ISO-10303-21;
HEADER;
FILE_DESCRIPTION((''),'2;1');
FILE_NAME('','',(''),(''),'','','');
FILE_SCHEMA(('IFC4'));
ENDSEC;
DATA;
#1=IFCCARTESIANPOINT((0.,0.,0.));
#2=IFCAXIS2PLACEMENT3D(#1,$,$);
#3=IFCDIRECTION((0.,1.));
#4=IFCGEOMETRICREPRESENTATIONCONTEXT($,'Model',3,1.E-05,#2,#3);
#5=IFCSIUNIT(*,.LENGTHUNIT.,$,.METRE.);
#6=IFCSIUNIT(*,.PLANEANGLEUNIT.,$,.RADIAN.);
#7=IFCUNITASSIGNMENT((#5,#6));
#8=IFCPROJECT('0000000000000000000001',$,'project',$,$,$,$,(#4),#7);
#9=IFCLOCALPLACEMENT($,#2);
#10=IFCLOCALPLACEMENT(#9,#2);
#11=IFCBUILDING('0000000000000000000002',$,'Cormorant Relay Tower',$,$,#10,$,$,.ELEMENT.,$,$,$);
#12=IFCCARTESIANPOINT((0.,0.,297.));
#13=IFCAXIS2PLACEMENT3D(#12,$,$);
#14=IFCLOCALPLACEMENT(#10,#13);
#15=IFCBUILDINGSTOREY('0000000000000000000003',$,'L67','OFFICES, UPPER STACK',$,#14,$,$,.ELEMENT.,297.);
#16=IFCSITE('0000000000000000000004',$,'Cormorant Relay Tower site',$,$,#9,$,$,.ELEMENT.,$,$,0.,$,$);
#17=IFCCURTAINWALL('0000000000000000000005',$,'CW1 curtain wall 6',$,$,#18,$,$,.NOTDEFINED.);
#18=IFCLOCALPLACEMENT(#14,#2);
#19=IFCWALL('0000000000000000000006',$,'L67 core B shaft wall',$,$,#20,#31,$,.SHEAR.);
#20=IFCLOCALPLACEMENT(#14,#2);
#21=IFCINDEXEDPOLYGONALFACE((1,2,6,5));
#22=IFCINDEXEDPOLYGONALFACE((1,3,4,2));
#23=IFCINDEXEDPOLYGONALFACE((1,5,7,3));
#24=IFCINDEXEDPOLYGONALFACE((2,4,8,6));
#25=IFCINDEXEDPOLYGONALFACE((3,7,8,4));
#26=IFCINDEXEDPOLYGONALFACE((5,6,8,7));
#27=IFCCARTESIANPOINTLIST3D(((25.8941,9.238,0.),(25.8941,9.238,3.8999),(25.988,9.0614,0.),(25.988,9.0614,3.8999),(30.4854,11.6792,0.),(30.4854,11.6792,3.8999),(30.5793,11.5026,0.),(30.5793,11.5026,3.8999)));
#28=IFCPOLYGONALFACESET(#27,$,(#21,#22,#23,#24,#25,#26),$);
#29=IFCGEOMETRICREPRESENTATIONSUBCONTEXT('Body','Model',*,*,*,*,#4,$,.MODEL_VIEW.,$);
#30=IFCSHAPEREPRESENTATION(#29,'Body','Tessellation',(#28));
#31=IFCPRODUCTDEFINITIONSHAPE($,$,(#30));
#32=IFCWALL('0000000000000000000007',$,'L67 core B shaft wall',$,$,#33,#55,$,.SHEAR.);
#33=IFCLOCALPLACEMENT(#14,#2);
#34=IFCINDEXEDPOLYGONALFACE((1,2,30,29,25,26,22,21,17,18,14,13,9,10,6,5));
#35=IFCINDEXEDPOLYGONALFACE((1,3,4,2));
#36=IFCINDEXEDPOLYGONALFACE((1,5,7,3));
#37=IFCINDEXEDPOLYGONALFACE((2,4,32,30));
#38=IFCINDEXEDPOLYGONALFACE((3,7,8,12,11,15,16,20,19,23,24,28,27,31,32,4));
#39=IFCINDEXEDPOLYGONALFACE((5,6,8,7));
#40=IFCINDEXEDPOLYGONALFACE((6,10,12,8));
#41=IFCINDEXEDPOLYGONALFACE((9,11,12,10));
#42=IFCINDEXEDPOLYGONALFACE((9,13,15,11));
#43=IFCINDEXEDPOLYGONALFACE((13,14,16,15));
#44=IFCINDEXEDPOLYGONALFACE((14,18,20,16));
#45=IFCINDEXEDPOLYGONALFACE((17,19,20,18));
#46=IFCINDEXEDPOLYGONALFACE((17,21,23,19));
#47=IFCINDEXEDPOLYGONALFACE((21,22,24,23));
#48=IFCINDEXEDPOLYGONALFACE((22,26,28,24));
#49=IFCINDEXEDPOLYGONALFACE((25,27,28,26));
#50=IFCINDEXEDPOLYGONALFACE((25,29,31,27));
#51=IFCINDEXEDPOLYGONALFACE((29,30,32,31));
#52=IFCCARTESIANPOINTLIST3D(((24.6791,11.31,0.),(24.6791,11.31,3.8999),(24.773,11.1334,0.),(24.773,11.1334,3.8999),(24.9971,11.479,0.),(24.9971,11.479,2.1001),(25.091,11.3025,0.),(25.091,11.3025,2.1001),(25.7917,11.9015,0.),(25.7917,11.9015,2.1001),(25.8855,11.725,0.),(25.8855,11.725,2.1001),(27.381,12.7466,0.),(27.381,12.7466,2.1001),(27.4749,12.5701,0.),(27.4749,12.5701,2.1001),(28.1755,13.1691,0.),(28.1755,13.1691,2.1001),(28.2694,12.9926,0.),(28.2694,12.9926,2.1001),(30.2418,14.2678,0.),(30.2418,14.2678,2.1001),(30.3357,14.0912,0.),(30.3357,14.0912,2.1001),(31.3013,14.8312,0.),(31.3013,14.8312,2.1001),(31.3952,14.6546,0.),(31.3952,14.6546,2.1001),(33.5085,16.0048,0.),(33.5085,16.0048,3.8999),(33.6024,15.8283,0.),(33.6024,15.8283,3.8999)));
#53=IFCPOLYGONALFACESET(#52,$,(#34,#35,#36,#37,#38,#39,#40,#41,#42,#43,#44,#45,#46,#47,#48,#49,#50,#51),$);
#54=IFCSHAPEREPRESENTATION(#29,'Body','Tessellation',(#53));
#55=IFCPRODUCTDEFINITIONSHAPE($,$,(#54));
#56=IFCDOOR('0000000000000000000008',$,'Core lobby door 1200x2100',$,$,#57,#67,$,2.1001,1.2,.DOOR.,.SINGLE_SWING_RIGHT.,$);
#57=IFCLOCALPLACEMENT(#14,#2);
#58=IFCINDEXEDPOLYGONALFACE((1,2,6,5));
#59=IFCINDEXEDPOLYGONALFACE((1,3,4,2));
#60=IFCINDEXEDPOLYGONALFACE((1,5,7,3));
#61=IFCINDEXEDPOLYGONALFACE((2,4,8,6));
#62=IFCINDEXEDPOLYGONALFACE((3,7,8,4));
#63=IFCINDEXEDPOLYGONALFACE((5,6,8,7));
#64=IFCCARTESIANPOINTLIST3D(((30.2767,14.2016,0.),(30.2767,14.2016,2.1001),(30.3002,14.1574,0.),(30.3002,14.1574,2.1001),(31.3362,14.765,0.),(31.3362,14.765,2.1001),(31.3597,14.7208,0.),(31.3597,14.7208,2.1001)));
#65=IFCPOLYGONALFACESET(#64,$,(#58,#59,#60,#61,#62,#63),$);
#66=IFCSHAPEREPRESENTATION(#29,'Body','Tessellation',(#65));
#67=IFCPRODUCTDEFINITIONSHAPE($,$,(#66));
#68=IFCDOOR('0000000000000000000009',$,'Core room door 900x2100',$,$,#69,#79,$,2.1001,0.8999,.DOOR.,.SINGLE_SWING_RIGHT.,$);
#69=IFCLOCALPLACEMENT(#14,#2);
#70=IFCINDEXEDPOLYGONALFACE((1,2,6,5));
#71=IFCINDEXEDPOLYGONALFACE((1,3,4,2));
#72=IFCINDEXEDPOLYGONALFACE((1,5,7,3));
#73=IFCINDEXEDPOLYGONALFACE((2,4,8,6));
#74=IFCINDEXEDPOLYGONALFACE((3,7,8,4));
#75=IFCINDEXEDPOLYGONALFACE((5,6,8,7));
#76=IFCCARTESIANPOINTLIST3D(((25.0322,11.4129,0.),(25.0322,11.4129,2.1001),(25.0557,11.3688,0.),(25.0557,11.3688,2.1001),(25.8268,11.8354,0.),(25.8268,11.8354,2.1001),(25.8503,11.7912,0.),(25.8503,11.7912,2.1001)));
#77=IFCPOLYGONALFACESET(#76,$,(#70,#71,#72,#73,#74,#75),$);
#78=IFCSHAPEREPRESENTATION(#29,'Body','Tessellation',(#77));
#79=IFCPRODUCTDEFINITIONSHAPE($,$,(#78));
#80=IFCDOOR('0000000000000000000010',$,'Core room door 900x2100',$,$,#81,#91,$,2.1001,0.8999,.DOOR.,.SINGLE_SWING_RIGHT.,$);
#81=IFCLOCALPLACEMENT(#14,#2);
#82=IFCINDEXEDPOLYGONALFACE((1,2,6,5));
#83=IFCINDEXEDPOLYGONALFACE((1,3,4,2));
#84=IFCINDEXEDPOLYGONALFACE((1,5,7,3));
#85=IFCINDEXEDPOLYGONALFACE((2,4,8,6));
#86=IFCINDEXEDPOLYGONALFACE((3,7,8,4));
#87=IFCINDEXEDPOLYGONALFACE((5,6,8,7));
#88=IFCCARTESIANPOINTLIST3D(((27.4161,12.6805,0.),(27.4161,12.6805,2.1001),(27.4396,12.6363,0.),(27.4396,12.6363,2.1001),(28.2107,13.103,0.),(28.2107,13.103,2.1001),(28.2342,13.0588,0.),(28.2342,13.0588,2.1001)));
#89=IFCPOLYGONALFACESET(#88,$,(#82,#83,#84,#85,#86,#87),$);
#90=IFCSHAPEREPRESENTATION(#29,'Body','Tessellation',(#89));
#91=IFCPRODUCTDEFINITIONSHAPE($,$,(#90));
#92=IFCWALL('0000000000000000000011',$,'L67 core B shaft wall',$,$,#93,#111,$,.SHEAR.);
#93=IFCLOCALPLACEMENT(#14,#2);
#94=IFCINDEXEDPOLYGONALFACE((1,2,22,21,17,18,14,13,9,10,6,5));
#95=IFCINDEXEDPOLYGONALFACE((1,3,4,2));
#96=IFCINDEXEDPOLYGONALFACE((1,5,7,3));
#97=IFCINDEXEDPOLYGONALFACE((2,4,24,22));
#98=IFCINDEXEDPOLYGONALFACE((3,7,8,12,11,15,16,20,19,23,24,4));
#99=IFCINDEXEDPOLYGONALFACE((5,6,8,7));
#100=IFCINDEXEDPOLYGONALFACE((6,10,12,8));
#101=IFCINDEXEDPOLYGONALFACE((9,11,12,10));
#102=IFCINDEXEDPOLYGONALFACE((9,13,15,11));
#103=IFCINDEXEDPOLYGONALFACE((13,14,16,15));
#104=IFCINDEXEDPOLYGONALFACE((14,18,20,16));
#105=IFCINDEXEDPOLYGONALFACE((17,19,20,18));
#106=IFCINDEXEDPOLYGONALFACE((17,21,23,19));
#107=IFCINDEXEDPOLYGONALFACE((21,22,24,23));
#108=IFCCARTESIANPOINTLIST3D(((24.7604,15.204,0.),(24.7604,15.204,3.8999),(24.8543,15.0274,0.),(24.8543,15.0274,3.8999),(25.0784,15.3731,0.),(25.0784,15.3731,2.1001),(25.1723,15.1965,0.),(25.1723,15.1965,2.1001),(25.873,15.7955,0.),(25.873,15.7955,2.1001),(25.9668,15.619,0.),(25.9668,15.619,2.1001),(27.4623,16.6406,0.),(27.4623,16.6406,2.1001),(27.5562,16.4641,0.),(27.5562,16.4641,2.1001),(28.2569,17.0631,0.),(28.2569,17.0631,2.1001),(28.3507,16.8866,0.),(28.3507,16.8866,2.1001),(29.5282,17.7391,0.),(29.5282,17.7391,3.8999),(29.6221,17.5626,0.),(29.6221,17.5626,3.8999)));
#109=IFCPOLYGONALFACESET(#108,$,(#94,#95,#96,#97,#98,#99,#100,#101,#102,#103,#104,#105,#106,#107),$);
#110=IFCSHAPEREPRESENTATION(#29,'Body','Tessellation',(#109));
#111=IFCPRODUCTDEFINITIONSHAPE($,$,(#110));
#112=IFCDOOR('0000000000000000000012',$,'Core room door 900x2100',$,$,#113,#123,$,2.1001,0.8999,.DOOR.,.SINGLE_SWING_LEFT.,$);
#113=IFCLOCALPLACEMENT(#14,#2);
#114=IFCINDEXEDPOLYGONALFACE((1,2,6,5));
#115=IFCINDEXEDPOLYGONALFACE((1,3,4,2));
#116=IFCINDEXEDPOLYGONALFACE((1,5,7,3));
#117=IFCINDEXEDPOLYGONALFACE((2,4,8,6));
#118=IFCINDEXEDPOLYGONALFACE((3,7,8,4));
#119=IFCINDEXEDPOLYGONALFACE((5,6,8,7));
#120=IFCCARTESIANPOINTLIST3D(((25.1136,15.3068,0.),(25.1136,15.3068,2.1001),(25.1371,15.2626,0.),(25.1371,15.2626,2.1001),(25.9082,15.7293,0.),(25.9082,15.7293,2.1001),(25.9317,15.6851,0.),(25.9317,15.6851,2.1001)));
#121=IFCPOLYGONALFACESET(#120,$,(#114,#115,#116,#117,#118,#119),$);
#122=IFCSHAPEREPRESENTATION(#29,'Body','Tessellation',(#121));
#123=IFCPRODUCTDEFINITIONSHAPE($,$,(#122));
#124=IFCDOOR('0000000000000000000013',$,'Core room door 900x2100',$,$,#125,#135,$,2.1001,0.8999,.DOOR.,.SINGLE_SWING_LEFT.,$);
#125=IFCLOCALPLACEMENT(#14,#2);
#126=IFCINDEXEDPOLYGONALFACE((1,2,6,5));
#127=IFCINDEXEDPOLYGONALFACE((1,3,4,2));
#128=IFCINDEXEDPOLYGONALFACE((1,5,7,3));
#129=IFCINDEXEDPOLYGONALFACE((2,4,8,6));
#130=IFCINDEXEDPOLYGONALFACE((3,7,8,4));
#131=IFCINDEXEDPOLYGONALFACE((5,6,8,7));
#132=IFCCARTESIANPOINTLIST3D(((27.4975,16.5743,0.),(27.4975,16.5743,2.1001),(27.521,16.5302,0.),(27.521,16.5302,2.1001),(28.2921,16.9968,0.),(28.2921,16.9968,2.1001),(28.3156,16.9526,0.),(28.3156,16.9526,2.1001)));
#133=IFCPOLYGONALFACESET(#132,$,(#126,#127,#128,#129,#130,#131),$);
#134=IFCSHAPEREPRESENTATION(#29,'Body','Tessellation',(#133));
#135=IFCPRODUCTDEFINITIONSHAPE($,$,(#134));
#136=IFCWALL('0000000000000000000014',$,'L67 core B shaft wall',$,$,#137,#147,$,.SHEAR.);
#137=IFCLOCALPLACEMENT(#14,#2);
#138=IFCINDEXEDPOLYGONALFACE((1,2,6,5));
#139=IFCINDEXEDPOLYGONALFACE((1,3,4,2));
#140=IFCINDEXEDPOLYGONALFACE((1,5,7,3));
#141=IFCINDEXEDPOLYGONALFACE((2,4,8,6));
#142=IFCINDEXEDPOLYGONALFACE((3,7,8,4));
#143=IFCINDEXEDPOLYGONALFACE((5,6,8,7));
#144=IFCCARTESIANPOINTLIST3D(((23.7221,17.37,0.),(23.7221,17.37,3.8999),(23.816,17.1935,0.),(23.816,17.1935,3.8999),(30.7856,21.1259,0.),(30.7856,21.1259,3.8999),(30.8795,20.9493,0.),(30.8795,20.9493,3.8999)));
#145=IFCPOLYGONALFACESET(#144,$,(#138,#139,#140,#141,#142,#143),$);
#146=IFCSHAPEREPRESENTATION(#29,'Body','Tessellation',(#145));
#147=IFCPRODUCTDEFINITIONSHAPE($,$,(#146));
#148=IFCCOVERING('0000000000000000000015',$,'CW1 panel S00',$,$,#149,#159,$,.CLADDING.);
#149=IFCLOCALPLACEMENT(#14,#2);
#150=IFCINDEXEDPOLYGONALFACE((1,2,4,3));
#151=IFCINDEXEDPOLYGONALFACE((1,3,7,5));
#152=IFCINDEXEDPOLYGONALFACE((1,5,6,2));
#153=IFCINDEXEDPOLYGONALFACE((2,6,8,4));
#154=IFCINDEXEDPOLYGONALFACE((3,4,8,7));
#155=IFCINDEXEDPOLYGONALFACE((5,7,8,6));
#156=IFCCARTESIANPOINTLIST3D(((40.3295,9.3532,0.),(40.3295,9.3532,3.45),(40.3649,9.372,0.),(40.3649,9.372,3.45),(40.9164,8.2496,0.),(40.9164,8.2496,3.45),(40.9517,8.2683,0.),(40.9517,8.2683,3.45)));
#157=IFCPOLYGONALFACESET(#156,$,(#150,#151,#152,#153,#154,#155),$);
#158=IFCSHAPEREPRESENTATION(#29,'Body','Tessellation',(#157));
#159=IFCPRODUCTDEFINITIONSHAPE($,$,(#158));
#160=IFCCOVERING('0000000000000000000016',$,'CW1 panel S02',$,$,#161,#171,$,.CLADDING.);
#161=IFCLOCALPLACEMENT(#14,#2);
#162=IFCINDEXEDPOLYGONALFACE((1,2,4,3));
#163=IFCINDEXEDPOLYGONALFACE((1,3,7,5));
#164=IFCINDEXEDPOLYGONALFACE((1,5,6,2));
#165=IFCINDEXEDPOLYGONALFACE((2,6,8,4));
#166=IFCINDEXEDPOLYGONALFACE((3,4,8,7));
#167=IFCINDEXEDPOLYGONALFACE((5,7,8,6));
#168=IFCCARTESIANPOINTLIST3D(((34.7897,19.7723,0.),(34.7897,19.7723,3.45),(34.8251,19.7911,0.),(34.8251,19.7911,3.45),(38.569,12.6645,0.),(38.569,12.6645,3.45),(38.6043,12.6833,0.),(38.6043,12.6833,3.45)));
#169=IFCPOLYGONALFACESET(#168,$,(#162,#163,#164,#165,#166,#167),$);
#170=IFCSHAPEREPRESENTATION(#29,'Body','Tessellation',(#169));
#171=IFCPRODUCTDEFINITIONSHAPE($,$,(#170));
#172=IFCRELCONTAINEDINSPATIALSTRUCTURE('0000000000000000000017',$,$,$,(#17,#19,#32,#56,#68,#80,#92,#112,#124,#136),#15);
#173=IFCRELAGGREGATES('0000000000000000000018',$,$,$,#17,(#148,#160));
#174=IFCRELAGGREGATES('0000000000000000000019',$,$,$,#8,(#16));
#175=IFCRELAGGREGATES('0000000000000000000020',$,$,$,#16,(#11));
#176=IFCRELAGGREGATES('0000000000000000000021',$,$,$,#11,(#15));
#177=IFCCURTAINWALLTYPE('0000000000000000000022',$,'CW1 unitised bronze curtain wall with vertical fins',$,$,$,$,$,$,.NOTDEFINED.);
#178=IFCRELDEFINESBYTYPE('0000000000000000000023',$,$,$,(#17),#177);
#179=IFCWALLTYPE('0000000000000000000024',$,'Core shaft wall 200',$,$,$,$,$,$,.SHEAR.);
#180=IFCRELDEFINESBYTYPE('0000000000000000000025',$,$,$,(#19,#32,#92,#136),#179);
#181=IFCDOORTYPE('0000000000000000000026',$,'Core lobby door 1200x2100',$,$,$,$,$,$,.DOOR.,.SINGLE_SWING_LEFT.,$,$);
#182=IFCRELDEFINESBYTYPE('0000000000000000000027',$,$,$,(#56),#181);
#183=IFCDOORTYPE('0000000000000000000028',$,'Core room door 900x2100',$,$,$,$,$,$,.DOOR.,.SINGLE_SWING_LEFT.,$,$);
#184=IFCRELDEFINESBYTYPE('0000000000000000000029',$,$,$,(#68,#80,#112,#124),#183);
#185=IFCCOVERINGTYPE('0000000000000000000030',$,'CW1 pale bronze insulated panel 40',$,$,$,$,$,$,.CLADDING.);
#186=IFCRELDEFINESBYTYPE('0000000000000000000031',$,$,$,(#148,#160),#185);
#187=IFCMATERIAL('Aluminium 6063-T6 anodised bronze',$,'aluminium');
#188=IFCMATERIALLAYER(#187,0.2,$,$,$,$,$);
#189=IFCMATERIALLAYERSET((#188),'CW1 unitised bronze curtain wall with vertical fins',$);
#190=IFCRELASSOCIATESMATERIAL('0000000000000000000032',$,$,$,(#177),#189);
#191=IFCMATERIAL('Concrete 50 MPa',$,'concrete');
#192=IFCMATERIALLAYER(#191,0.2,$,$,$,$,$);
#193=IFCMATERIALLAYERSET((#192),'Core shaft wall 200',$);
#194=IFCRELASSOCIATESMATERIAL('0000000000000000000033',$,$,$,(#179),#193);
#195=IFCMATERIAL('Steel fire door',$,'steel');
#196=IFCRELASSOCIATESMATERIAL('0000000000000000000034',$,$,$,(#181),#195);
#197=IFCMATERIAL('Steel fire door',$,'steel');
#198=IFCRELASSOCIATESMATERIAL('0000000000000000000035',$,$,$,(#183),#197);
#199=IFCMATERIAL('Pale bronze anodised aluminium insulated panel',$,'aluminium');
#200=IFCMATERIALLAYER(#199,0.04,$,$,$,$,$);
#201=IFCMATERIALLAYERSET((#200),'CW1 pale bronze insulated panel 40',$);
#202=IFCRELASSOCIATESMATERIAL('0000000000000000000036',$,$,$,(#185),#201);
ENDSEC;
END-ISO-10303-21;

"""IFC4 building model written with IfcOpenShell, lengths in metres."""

from ifc_helpers import new_model, si_unit, direction, frame, frame_2d, origin, origin_2d, place, context, subcontext, project, spatial, rectangle, extrude, material, layer, layer_set, type_object, element, fill, aggregate, save


model = new_model("IFC4")

# Units and contexts
model_context = context("Model", 3, precision=1e-05, world=origin(), true_north=direction((0.0, 1.0)))
body_context = subcontext(model_context, "Body", "Model", "MODEL_VIEW")
ifc_project = project(units=[si_unit("LENGTHUNIT", "METRE"), si_unit("PLANEANGLEUNIT", "RADIAN")], contexts=[model_context])

# Site, building, storey
site_placement = place(None, origin())
site = spatial("IfcSite", under=ifc_project, at=site_placement, Name="Cormorant Relay Tower site", CompositionType="ELEMENT", RefElevation=0.0)
building_placement = place(site_placement, origin())
building = spatial("IfcBuilding", under=site, at=building_placement, Name="Cormorant Relay Tower", CompositionType="ELEMENT")
storey_placement = place(building_placement, frame((0.0, 0.0, 297.0)))
storey = spatial("IfcBuildingStorey", under=building, at=storey_placement, Name="L67", Description="OFFICES, UPPER STACK", CompositionType="ELEMENT", Elevation=297.0)

# Curtain wall
ifc_material_1 = material(Name="Aluminium 6063-T6 anodised bronze", Category="aluminium")
ifc_layer_1 = layer(ifc_material_1, 0.2)
ifc_layer_set_1 = layer_set([ifc_layer_1], Name="CW1 unitised bronze curtain wall with vertical fins")
curtain_wall_type = type_object("IfcCurtainWallType", Name="CW1 unitised bronze curtain wall with vertical fins", PredefinedType="NOTDEFINED", material=ifc_layer_set_1)
curtain_wall_1_placement = place(storey_placement, origin())
curtain_wall_1 = element("IfcCurtainWall", 1, at=curtain_wall_1_placement, inside=storey, type_object=curtain_wall_type, Name="CW1 curtain wall 6", PredefinedType="NOTDEFINED")

# Shared definitions
ifc_material_2 = material(Name="Concrete 50 MPa", Category="concrete")
ifc_layer_2 = layer(ifc_material_2, 0.2)
ifc_layer_set_2 = layer_set([ifc_layer_2], Name="Core shaft wall 200")
wall_type_1 = type_object("IfcWallType", Name="Core shaft wall 200", PredefinedType="SHEAR", material=ifc_layer_set_2)

# Wall
wall_1_placement = place(storey_placement, frame((25.9409, 9.1497, 0.0), z_axis=(0.0, 0.0, 1.0), x_axis=(0.882954, 0.46946, 0.0)))
element("IfcWall", 2, at=wall_1_placement, inside=storey, type_object=wall_type_1, Name="L67 core B shaft wall", PredefinedType="SHEAR", context=body_context, shape_type="SweptSolid", body=[
    extrude(rectangle(XDim=5.2, YDim=0.2, at=frame_2d((2.6001, 0.0))), origin(), (0.0, 0.0, 1.0), 3.8999),
])

# Walls, openings, doors
wall_2_placement = place(storey_placement, frame((24.7261, 11.2217, 0.0), z_axis=(0.0, 0.0, 1.0), x_axis=(0.88294, 0.469485, 0.0)))
wall_2 = element("IfcWall", 3, at=wall_2_placement, inside=storey, type_object=wall_type_1, Name="L67 core B shaft wall", PredefinedType="SHEAR", context=body_context, shape_type="SweptSolid", body=[
    extrude(rectangle(XDim=10.0, YDim=0.2, at=frame_2d((5.0, 0.0))), origin(), (0.0, 0.0, 1.0), 3.8999),
])
opening_1_placement = place(wall_2_placement, frame((6.3, 0.0, 0.0)))
opening_1 = element("IfcOpeningElement", 4, at=opening_1_placement, cuts=wall_2, PredefinedType="OPENING", context=body_context, shape_type="SweptSolid", body=[
    extrude(rectangle(XDim=1.2, YDim=2.1001, at=frame_2d((0.6001, 1.05))), frame((0.0, 0.1099, 0.0), z_axis=(0.0, -1.0, 0.0), x_axis=(1.0, 0.0, 0.0)), (0.0, 0.0, 1.0), 0.22),
])
opening_2_placement = place(wall_2_placement, frame((0.3601, 0.0, 0.0)))
opening_2 = element("IfcOpeningElement", 5, at=opening_2_placement, cuts=wall_2, PredefinedType="OPENING", context=body_context, shape_type="SweptSolid", body=[
    extrude(rectangle(XDim=0.8999, YDim=2.1001, at=frame_2d((0.45, 1.05))), frame((0.0, 0.1099, 0.0), z_axis=(0.0, -1.0, 0.0), x_axis=(1.0, 0.0, 0.0)), (0.0, 0.0, 1.0), 0.22),
])
opening_3_placement = place(wall_2_placement, frame((3.0601, 0.0, 0.0)))
opening_3 = element("IfcOpeningElement", 6, at=opening_3_placement, cuts=wall_2, PredefinedType="OPENING", context=body_context, shape_type="SweptSolid", body=[
    extrude(rectangle(XDim=0.8999, YDim=2.1001, at=frame_2d((0.45, 1.05))), frame((0.0, 0.1099, 0.0), z_axis=(0.0, -1.0, 0.0), x_axis=(1.0, 0.0, 0.0)), (0.0, 0.0, 1.0), 0.22),
])
ifc_material_3 = material(Name="Steel fire door", Category="steel")
door_type_1 = type_object("IfcDoorType", Name="Core lobby door 1200x2100", OperationType="SINGLE_SWING_LEFT", PredefinedType="DOOR", material=ifc_material_3)
door_1_placement = place(opening_1_placement, frame((1.2, 0.0, 0.0), z_axis=(0.0, 0.0, 1.0), x_axis=(-1.0, 0.0, 0.0)))
door_1 = element("IfcDoor", 7, at=door_1_placement, inside=storey, type_object=door_type_1, Name="Core lobby door 1200x2100", OperationType="SINGLE_SWING_RIGHT", OverallHeight=2.1001, OverallWidth=1.2, PredefinedType="DOOR", context=body_context, shape_type="SweptSolid", body=[
    extrude(rectangle(XDim=1.2, YDim=2.1001, at=frame_2d((0.6001, 1.05))), frame((0.0, 0.0249, 0.0), z_axis=(0.0, -1.0, 0.0), x_axis=(1.0, 0.0, 0.0)), (0.0, 0.0, 1.0), 0.05),
])
fill(opening_1, door_1)
ifc_material_4 = material(Name="Steel fire door", Category="steel")
door_type_2 = type_object("IfcDoorType", Name="Core room door 900x2100", OperationType="SINGLE_SWING_LEFT", PredefinedType="DOOR", material=ifc_material_4)
door_2_placement = place(opening_2_placement, frame((0.8999, 0.0, 0.0), z_axis=(0.0, 0.0, 1.0), x_axis=(-1.0, 0.0, 0.0)))
door_2 = element("IfcDoor", 8, at=door_2_placement, inside=storey, type_object=door_type_2, Name="Core room door 900x2100", OperationType="SINGLE_SWING_RIGHT", OverallHeight=2.1001, OverallWidth=0.8999, PredefinedType="DOOR", context=body_context, shape_type="SweptSolid", body=[
    extrude(rectangle(XDim=0.8999, YDim=2.1001, at=frame_2d((0.45, 1.05))), frame((0.0, 0.0249, 0.0), z_axis=(0.0, -1.0, 0.0), x_axis=(1.0, 0.0, 0.0)), (0.0, 0.0, 1.0), 0.05),
])
fill(opening_2, door_2)
door_3_placement = place(opening_3_placement, frame((0.8999, 0.0, 0.0), z_axis=(0.0, 0.0, 1.0), x_axis=(-1.0, 0.0, 0.0)))
door_3 = element("IfcDoor", 9, at=door_3_placement, inside=storey, type_object=door_type_2, Name="Core room door 900x2100", OperationType="SINGLE_SWING_RIGHT", OverallHeight=2.1001, OverallWidth=0.8999, PredefinedType="DOOR", context=body_context, shape_type="SweptSolid", body=[
    extrude(rectangle(XDim=0.8999, YDim=2.1001, at=frame_2d((0.45, 1.05))), frame((0.0, 0.0249, 0.0), z_axis=(0.0, -1.0, 0.0), x_axis=(1.0, 0.0, 0.0)), (0.0, 0.0, 1.0), 0.05),
])
fill(opening_3, door_3)
wall_3_placement = place(storey_placement, frame((24.8074, 15.1157, 0.0), z_axis=(0.0, 0.0, 1.0), x_axis=(0.882943, 0.46948, 0.0)))
wall_3 = element("IfcWall", 10, at=wall_3_placement, inside=storey, type_object=wall_type_1, Name="L67 core B shaft wall", PredefinedType="SHEAR", context=body_context, shape_type="SweptSolid", body=[
    extrude(rectangle(XDim=5.3999, YDim=0.2, at=frame_2d((2.7, 0.0))), origin(), (0.0, 0.0, 1.0), 3.8999),
])
opening_4_placement = place(wall_3_placement, frame((0.3601, 0.0, 0.0)))
opening_4 = element("IfcOpeningElement", 11, at=opening_4_placement, cuts=wall_3, PredefinedType="OPENING", context=body_context, shape_type="SweptSolid", body=[
    extrude(rectangle(XDim=0.8999, YDim=2.1001, at=frame_2d((0.45, 1.05))), frame((0.0, 0.1099, 0.0), z_axis=(0.0, -1.0, 0.0), x_axis=(1.0, 0.0, 0.0)), (0.0, 0.0, 1.0), 0.22),
])
opening_5_placement = place(wall_3_placement, frame((3.0601, 0.0, 0.0)))
opening_5 = element("IfcOpeningElement", 12, at=opening_5_placement, cuts=wall_3, PredefinedType="OPENING", context=body_context, shape_type="SweptSolid", body=[
    extrude(rectangle(XDim=0.8999, YDim=2.1001, at=frame_2d((0.45, 1.05))), frame((0.0, 0.1099, 0.0), z_axis=(0.0, -1.0, 0.0), x_axis=(1.0, 0.0, 0.0)), (0.0, 0.0, 1.0), 0.22),
])
door_4_placement = place(opening_4_placement, origin())
door_4 = element("IfcDoor", 13, at=door_4_placement, inside=storey, type_object=door_type_2, Name="Core room door 900x2100", OperationType="SINGLE_SWING_LEFT", OverallHeight=2.1001, OverallWidth=0.8999, PredefinedType="DOOR", context=body_context, shape_type="SweptSolid", body=[
    extrude(rectangle(XDim=0.8999, YDim=2.1001, at=frame_2d((0.45, 1.05))), frame((0.0, 0.0249, 0.0), z_axis=(0.0, -1.0, 0.0), x_axis=(1.0, 0.0, 0.0)), (0.0, 0.0, 1.0), 0.05),
])
fill(opening_4, door_4)
door_5_placement = place(opening_5_placement, origin())
door_5 = element("IfcDoor", 14, at=door_5_placement, inside=storey, type_object=door_type_2, Name="Core room door 900x2100", OperationType="SINGLE_SWING_LEFT", OverallHeight=2.1001, OverallWidth=0.8999, PredefinedType="DOOR", context=body_context, shape_type="SweptSolid", body=[
    extrude(rectangle(XDim=0.8999, YDim=2.1001, at=frame_2d((0.45, 1.05))), frame((0.0, 0.0249, 0.0), z_axis=(0.0, -1.0, 0.0), x_axis=(1.0, 0.0, 0.0)), (0.0, 0.0, 1.0), 0.05),
])
fill(opening_5, door_5)

# Wall
wall_4_placement = place(storey_placement, frame((23.769, 17.2817, 0.0), z_axis=(0.0, 0.0, 1.0), x_axis=(0.88294, 0.469485, 0.0)))
element("IfcWall", 15, at=wall_4_placement, inside=storey, type_object=wall_type_1, Name="L67 core B shaft wall", PredefinedType="SHEAR", context=body_context, shape_type="SweptSolid", body=[
    extrude(rectangle(XDim=8.0, YDim=0.2, at=frame_2d((4.0, 0.0))), origin(), (0.0, 0.0, 1.0), 3.8999),
])

# Coverings
ifc_material_5 = material(Name="Pale bronze anodised aluminium insulated panel", Category="aluminium")
ifc_layer_3 = layer(ifc_material_5, 0.04)
ifc_layer_set_3 = layer_set([ifc_layer_3], Name="CW1 pale bronze insulated panel 40")
covering_type = type_object("IfcCoveringType", Name="CW1 pale bronze insulated panel 40", PredefinedType="CLADDING", material=ifc_layer_set_3)
covering_1_placement = place(storey_placement, frame((40.6406, 8.8108, 0.0), z_axis=(0.0, 0.0, 1.0), x_axis=(-0.469472, 0.882948, 0.0)))
covering_1 = element("IfcCovering", 16, at=covering_1_placement, type_object=covering_type, Name="CW1 panel S00", PredefinedType="CLADDING", context=body_context, shape_type="SweptSolid", body=[
    extrude(rectangle(XDim=1.25, YDim=0.04, at=origin_2d()), origin(), (0.0, 0.0, 1.0), 3.45),
])
covering_2_placement = place(storey_placement, frame((36.697, 16.2278, 0.0), z_axis=(0.0, 0.0, 1.0), x_axis=(-0.469472, 0.882948, 0.0)))
covering_2 = element("IfcCovering", 17, at=covering_2_placement, type_object=covering_type, Name="CW1 panel S02", PredefinedType="CLADDING", context=body_context, shape_type="SweptSolid", body=[
    extrude(rectangle(XDim=8.05, YDim=0.04, at=origin_2d()), origin(), (0.0, 0.0, 1.0), 3.45),
])
aggregate(curtain_wall_1, [covering_1, covering_2])

save(model, "model.ifc")
